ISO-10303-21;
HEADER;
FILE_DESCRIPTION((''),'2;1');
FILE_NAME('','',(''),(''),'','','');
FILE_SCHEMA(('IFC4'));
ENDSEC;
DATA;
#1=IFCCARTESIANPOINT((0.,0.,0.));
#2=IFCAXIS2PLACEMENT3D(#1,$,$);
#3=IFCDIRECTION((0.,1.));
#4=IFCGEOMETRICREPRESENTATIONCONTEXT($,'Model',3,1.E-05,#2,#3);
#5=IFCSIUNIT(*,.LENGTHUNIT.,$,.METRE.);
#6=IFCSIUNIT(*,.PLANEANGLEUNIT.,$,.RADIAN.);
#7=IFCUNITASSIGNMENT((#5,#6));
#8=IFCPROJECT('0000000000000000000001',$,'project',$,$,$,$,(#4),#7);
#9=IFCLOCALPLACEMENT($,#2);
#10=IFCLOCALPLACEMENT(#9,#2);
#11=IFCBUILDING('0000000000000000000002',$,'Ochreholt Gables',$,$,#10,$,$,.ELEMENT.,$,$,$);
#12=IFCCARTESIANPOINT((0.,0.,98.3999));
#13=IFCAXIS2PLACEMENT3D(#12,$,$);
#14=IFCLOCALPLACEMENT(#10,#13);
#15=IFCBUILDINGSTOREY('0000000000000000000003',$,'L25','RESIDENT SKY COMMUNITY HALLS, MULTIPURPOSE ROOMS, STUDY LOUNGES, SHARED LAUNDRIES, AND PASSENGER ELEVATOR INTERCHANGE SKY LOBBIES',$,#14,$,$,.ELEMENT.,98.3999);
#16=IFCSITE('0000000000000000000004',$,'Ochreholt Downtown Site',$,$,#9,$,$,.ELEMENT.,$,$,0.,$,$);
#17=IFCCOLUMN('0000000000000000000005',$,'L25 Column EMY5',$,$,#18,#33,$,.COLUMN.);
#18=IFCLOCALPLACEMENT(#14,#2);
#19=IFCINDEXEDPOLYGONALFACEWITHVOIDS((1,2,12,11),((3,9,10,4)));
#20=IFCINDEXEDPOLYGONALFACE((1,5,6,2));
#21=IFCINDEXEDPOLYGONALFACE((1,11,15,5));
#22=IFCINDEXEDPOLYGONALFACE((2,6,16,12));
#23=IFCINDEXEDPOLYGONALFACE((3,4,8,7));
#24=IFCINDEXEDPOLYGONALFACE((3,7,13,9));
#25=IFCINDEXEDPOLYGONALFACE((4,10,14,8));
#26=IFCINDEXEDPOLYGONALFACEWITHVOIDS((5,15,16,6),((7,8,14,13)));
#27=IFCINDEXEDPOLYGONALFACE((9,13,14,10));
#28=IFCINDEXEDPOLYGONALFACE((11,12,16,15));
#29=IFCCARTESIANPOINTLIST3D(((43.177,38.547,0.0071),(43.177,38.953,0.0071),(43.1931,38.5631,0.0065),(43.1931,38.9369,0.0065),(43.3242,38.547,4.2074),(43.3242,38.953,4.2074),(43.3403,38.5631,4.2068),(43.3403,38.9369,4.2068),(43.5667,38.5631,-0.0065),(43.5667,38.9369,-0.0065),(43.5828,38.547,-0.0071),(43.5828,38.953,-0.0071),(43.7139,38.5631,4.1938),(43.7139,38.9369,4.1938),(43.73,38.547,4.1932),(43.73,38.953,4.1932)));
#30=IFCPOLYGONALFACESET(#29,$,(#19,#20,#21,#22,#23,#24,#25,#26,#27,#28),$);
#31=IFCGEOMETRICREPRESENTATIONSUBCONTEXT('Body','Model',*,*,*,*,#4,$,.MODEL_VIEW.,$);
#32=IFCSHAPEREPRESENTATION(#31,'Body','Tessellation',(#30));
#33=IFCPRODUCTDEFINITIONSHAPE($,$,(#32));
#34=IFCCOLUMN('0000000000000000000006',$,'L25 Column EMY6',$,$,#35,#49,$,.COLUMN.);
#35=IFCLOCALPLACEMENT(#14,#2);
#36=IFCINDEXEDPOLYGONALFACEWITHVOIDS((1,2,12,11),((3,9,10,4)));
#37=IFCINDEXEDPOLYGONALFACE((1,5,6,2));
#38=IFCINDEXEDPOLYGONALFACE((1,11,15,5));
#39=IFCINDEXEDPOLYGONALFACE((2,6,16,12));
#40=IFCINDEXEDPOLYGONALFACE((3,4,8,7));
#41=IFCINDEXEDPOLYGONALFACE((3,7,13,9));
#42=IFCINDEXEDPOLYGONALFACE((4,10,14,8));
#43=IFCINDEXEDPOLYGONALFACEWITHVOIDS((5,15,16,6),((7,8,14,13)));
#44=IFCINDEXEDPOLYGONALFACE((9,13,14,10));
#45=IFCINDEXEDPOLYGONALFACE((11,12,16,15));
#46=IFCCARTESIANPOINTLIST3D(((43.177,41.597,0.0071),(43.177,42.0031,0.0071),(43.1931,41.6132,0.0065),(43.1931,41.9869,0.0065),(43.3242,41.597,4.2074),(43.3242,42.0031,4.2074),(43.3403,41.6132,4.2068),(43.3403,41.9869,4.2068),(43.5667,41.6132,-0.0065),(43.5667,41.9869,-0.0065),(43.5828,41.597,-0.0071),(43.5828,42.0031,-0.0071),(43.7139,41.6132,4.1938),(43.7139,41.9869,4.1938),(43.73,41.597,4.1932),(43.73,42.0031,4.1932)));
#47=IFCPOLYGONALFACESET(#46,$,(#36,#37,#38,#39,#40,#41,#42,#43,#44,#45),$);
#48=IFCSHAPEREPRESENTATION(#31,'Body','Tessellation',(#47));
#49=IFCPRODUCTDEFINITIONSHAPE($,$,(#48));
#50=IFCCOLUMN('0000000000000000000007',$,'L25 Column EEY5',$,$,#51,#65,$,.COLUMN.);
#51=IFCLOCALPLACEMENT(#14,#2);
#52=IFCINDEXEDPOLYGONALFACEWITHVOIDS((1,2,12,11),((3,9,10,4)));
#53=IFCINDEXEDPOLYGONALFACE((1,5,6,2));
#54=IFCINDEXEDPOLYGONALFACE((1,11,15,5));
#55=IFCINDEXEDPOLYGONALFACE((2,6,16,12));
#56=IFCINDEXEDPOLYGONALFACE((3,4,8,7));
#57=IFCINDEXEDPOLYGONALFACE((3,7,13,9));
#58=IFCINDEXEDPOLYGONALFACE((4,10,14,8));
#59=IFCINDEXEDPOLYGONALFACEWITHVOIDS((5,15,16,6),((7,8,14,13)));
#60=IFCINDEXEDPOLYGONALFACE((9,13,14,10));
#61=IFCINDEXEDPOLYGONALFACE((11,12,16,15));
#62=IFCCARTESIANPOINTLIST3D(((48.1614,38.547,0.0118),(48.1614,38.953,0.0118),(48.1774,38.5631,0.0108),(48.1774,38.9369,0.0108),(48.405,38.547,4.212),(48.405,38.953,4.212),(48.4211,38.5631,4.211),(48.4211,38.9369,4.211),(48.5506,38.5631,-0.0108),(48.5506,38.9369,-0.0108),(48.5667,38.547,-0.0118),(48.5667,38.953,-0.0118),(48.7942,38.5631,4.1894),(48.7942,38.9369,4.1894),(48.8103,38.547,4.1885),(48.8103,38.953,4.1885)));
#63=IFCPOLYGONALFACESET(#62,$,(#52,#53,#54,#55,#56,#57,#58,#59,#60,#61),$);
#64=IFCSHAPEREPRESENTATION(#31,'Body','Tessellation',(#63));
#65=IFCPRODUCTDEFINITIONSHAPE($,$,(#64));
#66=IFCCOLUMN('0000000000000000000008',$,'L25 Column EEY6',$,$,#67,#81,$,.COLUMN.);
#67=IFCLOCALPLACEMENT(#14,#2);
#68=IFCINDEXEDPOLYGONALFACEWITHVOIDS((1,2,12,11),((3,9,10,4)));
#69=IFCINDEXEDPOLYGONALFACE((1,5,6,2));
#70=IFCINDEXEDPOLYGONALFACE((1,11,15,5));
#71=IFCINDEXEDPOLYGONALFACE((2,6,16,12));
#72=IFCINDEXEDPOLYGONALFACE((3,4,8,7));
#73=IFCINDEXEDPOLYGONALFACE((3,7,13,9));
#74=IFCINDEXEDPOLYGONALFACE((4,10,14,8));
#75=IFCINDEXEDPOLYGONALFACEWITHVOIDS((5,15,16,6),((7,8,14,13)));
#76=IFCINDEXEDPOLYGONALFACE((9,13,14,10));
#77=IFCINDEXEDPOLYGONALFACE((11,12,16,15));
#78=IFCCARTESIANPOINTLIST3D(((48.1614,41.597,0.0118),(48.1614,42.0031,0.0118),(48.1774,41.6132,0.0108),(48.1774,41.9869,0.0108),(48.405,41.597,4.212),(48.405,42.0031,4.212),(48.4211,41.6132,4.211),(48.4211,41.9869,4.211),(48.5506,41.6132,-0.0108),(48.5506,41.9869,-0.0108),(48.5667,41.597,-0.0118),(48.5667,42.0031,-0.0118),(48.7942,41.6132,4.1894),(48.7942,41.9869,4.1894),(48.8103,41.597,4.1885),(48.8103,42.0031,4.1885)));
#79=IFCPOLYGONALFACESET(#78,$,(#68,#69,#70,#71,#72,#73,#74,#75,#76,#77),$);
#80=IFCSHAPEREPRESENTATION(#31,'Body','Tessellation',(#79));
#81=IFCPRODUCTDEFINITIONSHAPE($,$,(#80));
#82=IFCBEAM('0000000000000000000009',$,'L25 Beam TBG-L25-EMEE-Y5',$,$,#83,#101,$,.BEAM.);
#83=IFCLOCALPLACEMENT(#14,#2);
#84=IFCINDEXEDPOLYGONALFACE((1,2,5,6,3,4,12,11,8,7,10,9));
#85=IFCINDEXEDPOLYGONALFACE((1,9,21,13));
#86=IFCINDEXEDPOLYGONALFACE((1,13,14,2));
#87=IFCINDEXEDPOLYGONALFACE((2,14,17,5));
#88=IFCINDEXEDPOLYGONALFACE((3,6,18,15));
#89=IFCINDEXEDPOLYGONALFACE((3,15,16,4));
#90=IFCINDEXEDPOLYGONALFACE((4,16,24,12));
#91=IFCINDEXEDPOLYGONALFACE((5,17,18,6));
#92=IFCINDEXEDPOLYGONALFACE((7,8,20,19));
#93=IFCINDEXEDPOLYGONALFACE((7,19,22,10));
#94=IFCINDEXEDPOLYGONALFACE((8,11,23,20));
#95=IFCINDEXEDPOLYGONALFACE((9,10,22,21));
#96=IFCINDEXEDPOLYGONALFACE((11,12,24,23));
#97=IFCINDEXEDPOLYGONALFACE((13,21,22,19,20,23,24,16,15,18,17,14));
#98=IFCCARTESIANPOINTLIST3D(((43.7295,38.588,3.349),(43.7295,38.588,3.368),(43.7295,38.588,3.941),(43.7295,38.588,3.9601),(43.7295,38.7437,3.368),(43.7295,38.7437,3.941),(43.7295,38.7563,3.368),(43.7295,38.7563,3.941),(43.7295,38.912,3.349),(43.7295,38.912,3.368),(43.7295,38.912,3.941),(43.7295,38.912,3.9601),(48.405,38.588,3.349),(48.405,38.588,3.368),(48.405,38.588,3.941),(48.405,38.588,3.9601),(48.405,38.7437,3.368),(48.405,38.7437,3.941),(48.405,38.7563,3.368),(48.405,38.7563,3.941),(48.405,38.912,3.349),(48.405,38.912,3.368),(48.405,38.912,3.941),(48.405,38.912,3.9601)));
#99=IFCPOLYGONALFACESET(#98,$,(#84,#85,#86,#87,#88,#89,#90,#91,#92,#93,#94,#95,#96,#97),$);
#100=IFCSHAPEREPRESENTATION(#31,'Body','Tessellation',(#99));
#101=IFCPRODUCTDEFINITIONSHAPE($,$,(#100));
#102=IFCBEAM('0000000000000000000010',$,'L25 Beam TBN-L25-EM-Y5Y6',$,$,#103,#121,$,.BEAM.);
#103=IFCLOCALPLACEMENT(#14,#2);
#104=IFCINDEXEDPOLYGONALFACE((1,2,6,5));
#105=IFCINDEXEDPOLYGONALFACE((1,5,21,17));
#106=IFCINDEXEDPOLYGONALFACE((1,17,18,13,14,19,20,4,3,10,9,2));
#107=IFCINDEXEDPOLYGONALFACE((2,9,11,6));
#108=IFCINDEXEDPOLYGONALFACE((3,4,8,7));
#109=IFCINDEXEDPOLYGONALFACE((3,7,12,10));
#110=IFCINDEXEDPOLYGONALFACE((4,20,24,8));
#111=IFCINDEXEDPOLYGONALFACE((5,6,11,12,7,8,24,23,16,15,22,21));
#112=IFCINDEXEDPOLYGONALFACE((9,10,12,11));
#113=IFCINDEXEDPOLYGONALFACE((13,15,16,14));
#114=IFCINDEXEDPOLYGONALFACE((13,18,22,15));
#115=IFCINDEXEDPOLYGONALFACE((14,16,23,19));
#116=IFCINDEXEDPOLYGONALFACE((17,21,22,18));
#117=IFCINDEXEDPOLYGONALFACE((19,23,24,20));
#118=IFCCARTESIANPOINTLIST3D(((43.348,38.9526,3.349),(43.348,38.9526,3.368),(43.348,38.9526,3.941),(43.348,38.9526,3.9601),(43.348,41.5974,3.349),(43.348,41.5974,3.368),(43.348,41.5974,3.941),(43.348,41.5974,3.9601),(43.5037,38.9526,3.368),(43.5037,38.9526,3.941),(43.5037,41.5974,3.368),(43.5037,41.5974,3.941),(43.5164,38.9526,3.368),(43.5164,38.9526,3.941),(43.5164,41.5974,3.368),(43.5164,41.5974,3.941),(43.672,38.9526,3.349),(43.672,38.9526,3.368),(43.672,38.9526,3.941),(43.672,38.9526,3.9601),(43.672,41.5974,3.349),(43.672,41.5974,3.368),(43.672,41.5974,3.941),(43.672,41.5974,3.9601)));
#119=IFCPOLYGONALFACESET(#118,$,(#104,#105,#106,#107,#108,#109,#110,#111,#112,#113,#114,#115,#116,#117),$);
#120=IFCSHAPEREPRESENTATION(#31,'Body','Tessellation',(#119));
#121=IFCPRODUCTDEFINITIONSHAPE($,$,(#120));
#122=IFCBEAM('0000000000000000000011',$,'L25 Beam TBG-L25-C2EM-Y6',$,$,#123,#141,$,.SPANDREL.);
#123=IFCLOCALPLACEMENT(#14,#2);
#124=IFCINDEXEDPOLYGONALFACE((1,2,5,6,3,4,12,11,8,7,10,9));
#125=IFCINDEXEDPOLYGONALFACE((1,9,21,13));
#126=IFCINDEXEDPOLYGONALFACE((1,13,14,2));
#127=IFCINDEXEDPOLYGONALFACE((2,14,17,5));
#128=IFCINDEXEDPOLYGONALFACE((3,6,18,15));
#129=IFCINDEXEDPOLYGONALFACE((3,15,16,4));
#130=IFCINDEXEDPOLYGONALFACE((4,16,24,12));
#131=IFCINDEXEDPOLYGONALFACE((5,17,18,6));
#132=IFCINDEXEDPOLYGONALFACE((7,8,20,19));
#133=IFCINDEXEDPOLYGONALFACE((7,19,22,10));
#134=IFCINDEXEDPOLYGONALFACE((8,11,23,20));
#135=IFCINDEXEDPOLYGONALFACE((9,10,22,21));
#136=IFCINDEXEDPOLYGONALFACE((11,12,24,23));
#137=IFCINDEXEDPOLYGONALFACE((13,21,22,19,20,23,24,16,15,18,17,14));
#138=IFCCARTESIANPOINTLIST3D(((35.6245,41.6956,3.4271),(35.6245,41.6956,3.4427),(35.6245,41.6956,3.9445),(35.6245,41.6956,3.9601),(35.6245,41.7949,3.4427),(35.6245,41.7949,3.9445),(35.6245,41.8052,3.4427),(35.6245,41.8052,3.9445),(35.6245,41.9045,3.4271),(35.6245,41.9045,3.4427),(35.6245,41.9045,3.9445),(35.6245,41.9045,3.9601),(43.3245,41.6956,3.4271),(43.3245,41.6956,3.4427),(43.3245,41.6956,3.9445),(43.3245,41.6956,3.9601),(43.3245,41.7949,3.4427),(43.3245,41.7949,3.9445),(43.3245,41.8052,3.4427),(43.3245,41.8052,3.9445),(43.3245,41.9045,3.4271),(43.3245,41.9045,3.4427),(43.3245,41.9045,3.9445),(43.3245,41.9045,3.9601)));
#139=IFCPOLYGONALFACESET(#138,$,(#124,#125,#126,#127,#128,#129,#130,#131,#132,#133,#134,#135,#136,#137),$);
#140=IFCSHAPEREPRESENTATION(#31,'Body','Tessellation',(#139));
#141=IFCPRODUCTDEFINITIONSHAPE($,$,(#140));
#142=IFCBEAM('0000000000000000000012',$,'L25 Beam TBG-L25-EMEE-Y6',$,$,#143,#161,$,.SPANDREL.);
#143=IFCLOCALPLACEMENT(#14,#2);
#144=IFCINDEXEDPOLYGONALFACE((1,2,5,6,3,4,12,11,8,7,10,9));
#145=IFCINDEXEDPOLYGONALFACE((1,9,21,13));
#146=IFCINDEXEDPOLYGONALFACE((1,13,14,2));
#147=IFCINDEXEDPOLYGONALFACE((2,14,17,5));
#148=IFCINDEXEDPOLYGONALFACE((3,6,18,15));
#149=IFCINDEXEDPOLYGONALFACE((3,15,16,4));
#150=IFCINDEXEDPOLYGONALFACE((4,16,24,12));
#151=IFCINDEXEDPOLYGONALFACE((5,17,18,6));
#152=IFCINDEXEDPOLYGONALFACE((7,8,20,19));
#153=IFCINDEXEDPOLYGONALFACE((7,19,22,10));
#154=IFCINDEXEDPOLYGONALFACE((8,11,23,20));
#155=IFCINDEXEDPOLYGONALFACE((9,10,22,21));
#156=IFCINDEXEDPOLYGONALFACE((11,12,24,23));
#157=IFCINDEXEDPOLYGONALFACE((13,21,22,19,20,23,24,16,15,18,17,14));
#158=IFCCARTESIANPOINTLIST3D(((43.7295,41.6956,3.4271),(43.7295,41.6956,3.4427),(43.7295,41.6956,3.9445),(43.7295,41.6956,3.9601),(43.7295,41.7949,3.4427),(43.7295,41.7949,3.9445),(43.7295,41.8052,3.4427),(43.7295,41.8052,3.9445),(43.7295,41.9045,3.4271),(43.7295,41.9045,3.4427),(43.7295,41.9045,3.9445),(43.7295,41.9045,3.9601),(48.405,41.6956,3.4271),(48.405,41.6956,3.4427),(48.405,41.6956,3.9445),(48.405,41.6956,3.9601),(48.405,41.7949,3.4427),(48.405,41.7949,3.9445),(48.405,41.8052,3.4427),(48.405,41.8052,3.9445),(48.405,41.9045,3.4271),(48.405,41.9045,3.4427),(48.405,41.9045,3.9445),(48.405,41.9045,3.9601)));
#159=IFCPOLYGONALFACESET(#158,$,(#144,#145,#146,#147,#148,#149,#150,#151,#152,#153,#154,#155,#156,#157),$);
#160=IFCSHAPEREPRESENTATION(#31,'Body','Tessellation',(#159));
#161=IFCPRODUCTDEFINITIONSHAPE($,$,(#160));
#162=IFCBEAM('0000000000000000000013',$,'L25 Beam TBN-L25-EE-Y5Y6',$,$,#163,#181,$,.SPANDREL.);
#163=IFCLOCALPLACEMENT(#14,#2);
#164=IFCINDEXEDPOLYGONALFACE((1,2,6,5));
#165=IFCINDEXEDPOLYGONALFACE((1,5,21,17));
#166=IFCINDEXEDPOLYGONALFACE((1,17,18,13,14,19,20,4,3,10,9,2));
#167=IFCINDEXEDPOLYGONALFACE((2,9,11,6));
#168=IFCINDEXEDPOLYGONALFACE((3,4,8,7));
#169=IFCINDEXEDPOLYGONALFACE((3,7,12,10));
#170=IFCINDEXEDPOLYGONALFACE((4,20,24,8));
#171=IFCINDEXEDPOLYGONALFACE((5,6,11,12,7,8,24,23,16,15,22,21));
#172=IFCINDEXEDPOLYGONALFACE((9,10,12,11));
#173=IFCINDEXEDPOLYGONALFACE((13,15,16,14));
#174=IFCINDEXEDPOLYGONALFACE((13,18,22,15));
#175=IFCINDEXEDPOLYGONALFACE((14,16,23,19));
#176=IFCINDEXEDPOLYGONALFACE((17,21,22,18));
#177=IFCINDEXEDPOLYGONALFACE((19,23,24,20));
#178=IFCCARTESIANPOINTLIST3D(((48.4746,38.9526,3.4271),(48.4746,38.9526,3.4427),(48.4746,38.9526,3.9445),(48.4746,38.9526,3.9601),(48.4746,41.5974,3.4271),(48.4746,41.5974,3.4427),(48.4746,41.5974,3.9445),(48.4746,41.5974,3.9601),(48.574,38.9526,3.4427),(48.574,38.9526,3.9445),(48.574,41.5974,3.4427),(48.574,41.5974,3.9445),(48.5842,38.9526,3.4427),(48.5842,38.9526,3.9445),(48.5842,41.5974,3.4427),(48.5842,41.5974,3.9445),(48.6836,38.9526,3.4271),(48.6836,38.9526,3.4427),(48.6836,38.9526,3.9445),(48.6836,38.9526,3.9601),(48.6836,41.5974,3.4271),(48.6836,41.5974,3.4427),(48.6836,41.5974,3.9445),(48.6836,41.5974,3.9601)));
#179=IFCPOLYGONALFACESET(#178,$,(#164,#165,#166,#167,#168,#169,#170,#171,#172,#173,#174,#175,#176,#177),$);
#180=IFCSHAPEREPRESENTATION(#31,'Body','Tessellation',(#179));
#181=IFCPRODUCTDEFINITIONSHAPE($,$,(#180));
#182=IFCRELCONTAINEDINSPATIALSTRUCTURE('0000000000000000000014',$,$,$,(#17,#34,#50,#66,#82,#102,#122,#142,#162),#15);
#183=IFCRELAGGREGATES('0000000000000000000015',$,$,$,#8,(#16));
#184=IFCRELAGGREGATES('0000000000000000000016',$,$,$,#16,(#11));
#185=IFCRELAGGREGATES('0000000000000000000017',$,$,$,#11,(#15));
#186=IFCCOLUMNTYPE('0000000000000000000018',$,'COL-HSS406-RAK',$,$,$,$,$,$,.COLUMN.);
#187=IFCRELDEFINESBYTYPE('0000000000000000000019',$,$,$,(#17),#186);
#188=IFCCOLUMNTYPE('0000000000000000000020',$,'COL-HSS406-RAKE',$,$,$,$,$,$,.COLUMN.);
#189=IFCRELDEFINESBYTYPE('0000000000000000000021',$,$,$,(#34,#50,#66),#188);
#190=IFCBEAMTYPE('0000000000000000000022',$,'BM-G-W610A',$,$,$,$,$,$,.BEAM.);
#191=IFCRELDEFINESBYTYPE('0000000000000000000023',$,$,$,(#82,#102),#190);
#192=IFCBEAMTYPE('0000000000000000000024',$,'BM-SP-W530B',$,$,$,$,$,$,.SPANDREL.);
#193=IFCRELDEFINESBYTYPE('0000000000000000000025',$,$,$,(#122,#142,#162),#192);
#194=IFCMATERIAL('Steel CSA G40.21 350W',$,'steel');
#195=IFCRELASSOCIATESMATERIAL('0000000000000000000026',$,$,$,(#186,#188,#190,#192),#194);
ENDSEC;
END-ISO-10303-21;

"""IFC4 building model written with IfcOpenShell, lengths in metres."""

from ifc_helpers import new_model, si_unit, direction, frame, origin, origin_2d, place, context, subcontext, project, spatial, hollow_rectangle, i_section, extrude, material, material_profile, profile_set, type_object, element, save


model = new_model("IFC4")

# Units and contexts
model_context = context("Model", 3, precision=1e-05, world=origin(), true_north=direction((0.0, 1.0)))
body_context = subcontext(model_context, "Body", "Model", "MODEL_VIEW")
ifc_project = project(units=[si_unit("LENGTHUNIT", "METRE"), si_unit("PLANEANGLEUNIT", "RADIAN")], contexts=[model_context])

# Site, building, storey
site_placement = place(None, origin())
site = spatial("IfcSite", under=ifc_project, at=site_placement, Name="Ochreholt Downtown Site", CompositionType="ELEMENT", RefElevation=0.0)
building_placement = place(site_placement, origin())
building = spatial("IfcBuilding", under=site, at=building_placement, Name="Ochreholt Gables", CompositionType="ELEMENT")
storey_placement = place(building_placement, frame((0.0, 0.0, 98.3999)))
storey = spatial("IfcBuildingStorey", under=building, at=storey_placement, Name="L25", Description="RESIDENT SKY COMMUNITY HALLS, MULTIPURPOSE ROOMS, STUDY LOUNGES, SHARED LAUNDRIES, AND PASSENGER ELEVATOR INTERCHANGE SKY LOBBIES", CompositionType="ELEMENT", Elevation=98.3999)

# Columns
ifc_material_1 = material(Name="Steel CSA G40.21 350W", Category="steel")
ifc_material_profile_1 = material_profile(ifc_material_1, hollow_rectangle(XDim=0.406, YDim=0.406, WallThickness=0.0161, at=origin_2d()), Name="HSS406X406X16")
ifc_profile_set_1 = profile_set([ifc_material_profile_1], Name="Steel CSA G40.21 350W")
column_type_1 = type_object("IfcColumnType", Name="COL-HSS406-RAK", PredefinedType="COLUMN", material=ifc_profile_set_1)
column_1_placement = place(storey_placement, frame((43.3799, 38.75, 0.0), z_axis=(0.035028, 0.0, 0.999386), x_axis=(0.0, 1.0, 0.0)))
element("IfcColumn", 1, at=column_1_placement, inside=storey, type_object=column_type_1, Name="L25 Column EMY5", PredefinedType="COLUMN", context=body_context, shape_type="SweptSolid", body=[
    extrude(hollow_rectangle(XDim=0.406, YDim=0.406, WallThickness=0.0161, at=origin_2d()), origin(), (0.0, 0.0, 1.0), 4.2029),
])
ifc_material_profile_2 = material_profile(ifc_material_1, hollow_rectangle(XDim=0.406, YDim=0.406, WallThickness=0.0161, at=origin_2d()), Name="HSS406X406X16")
ifc_profile_set_2 = profile_set([ifc_material_profile_2], Name="Steel CSA G40.21 350W")
column_type_2 = type_object("IfcColumnType", Name="COL-HSS406-RAKE", PredefinedType="COLUMN", material=ifc_profile_set_2)
column_2_placement = place(storey_placement, frame((43.3799, 41.8, 0.0), z_axis=(0.035028, 0.0, 0.999386), x_axis=(0.0, 1.0, 0.0)))
element("IfcColumn", 2, at=column_2_placement, inside=storey, type_object=column_type_2, Name="L25 Column EMY6", PredefinedType="COLUMN", context=body_context, shape_type="SweptSolid", body=[
    extrude(hollow_rectangle(XDim=0.406, YDim=0.406, WallThickness=0.0161, at=origin_2d()), origin(), (0.0, 0.0, 1.0), 4.2029),
])
for number, where, z_axis, x_axis, name in (
    (3, (48.364, 38.75, 0.0), (0.057912, 0.0, 0.998322), (0.0, 1.0, 0.0), "L25 Column EEY5"),
    (4, (48.364, 41.8, 0.0), (0.057912, 0.0, 0.998322), (0.0, 1.0, 0.0), "L25 Column EEY6"),
):
    element("IfcColumn", number, at=place(storey_placement, frame(where, z_axis=z_axis, x_axis=x_axis)), inside=storey, type_object=column_type_2, Name=name, PredefinedType="COLUMN", context=body_context, shape_type="SweptSolid", body=[
        extrude(hollow_rectangle(XDim=0.406, YDim=0.406, WallThickness=0.0161, at=origin_2d()), origin(), (0.0, 0.0, 1.0), 4.2073),
    ])

# Beams
ifc_material_profile_3 = material_profile(ifc_material_1, i_section(OverallWidth=0.324, OverallDepth=0.6111, WebThickness=0.0127, FlangeThickness=0.019, at=origin_2d()), Name="W610X155")
ifc_profile_set_3 = profile_set([ifc_material_profile_3], Name="Steel CSA G40.21 350W")
beam_type_1 = type_object("IfcBeamType", Name="BM-G-W610A", PredefinedType="BEAM", material=ifc_profile_set_3)
beam_1_placement = place(storey_placement, frame((43.7295, 38.75, 3.6545), z_axis=(1.0, 0.0, 0.0), x_axis=(0.0, 1.0, 0.0)))
element("IfcBeam", 5, at=beam_1_placement, inside=storey, type_object=beam_type_1, Name="L25 Beam TBG-L25-EMEE-Y5", PredefinedType="BEAM", context=body_context, shape_type="SweptSolid", body=[
    extrude(i_section(OverallWidth=0.324, OverallDepth=0.6111, WebThickness=0.0127, FlangeThickness=0.019, at=origin_2d()), origin(), (0.0, 0.0, 1.0), 4.6755),
])
beam_2_placement = place(storey_placement, frame((43.51, 38.9526, 3.6545), z_axis=(0.0, 1.0, 0.0), x_axis=(-1.0, 0.0, 0.0)))
element("IfcBeam", 6, at=beam_2_placement, inside=storey, type_object=beam_type_1, Name="L25 Beam TBN-L25-EM-Y5Y6", PredefinedType="BEAM", context=body_context, shape_type="SweptSolid", body=[
    extrude(i_section(OverallWidth=0.324, OverallDepth=0.6111, WebThickness=0.0127, FlangeThickness=0.019, at=origin_2d()), origin(), (0.0, 0.0, 1.0), 2.6448),
])
ifc_material_profile_4 = material_profile(ifc_material_1, i_section(OverallWidth=0.209, OverallDepth=0.533, WebThickness=0.0103, FlangeThickness=0.0156, at=origin_2d()), Name="W530X92")
ifc_profile_set_4 = profile_set([ifc_material_profile_4], Name="Steel CSA G40.21 350W")
beam_type_2 = type_object("IfcBeamType", Name="BM-SP-W530B", PredefinedType="SPANDREL", material=ifc_profile_set_4)
beam_3_placement = place(storey_placement, frame((35.6245, 41.8, 3.6936), z_axis=(1.0, 0.0, 0.0), x_axis=(0.0, 1.0, 0.0)))
element("IfcBeam", 7, at=beam_3_placement, inside=storey, type_object=beam_type_2, Name="L25 Beam TBG-L25-C2EM-Y6", PredefinedType="SPANDREL", context=body_context, shape_type="SweptSolid", body=[
    extrude(i_section(OverallWidth=0.209, OverallDepth=0.533, WebThickness=0.0103, FlangeThickness=0.0156, at=origin_2d()), origin(), (0.0, 0.0, 1.0), 7.7),
])
beam_4_placement = place(storey_placement, frame((43.7295, 41.8, 3.6936), z_axis=(1.0, 0.0, 0.0), x_axis=(0.0, 1.0, 0.0)))
element("IfcBeam", 8, at=beam_4_placement, inside=storey, type_object=beam_type_2, Name="L25 Beam TBG-L25-EMEE-Y6", PredefinedType="SPANDREL", context=body_context, shape_type="SweptSolid", body=[
    extrude(i_section(OverallWidth=0.209, OverallDepth=0.533, WebThickness=0.0103, FlangeThickness=0.0156, at=origin_2d()), origin(), (0.0, 0.0, 1.0), 4.6755),
])
beam_5_placement = place(storey_placement, frame((48.5791, 38.9526, 3.6936), z_axis=(0.0, 1.0, 0.0), x_axis=(-1.0, 0.0, 0.0)))
element("IfcBeam", 9, at=beam_5_placement, inside=storey, type_object=beam_type_2, Name="L25 Beam TBN-L25-EE-Y5Y6", PredefinedType="SPANDREL", context=body_context, shape_type="SweptSolid", body=[
    extrude(i_section(OverallWidth=0.209, OverallDepth=0.533, WebThickness=0.0103, FlangeThickness=0.0156, at=origin_2d()), origin(), (0.0, 0.0, 1.0), 2.6448),
])

save(model, "model.ifc")
